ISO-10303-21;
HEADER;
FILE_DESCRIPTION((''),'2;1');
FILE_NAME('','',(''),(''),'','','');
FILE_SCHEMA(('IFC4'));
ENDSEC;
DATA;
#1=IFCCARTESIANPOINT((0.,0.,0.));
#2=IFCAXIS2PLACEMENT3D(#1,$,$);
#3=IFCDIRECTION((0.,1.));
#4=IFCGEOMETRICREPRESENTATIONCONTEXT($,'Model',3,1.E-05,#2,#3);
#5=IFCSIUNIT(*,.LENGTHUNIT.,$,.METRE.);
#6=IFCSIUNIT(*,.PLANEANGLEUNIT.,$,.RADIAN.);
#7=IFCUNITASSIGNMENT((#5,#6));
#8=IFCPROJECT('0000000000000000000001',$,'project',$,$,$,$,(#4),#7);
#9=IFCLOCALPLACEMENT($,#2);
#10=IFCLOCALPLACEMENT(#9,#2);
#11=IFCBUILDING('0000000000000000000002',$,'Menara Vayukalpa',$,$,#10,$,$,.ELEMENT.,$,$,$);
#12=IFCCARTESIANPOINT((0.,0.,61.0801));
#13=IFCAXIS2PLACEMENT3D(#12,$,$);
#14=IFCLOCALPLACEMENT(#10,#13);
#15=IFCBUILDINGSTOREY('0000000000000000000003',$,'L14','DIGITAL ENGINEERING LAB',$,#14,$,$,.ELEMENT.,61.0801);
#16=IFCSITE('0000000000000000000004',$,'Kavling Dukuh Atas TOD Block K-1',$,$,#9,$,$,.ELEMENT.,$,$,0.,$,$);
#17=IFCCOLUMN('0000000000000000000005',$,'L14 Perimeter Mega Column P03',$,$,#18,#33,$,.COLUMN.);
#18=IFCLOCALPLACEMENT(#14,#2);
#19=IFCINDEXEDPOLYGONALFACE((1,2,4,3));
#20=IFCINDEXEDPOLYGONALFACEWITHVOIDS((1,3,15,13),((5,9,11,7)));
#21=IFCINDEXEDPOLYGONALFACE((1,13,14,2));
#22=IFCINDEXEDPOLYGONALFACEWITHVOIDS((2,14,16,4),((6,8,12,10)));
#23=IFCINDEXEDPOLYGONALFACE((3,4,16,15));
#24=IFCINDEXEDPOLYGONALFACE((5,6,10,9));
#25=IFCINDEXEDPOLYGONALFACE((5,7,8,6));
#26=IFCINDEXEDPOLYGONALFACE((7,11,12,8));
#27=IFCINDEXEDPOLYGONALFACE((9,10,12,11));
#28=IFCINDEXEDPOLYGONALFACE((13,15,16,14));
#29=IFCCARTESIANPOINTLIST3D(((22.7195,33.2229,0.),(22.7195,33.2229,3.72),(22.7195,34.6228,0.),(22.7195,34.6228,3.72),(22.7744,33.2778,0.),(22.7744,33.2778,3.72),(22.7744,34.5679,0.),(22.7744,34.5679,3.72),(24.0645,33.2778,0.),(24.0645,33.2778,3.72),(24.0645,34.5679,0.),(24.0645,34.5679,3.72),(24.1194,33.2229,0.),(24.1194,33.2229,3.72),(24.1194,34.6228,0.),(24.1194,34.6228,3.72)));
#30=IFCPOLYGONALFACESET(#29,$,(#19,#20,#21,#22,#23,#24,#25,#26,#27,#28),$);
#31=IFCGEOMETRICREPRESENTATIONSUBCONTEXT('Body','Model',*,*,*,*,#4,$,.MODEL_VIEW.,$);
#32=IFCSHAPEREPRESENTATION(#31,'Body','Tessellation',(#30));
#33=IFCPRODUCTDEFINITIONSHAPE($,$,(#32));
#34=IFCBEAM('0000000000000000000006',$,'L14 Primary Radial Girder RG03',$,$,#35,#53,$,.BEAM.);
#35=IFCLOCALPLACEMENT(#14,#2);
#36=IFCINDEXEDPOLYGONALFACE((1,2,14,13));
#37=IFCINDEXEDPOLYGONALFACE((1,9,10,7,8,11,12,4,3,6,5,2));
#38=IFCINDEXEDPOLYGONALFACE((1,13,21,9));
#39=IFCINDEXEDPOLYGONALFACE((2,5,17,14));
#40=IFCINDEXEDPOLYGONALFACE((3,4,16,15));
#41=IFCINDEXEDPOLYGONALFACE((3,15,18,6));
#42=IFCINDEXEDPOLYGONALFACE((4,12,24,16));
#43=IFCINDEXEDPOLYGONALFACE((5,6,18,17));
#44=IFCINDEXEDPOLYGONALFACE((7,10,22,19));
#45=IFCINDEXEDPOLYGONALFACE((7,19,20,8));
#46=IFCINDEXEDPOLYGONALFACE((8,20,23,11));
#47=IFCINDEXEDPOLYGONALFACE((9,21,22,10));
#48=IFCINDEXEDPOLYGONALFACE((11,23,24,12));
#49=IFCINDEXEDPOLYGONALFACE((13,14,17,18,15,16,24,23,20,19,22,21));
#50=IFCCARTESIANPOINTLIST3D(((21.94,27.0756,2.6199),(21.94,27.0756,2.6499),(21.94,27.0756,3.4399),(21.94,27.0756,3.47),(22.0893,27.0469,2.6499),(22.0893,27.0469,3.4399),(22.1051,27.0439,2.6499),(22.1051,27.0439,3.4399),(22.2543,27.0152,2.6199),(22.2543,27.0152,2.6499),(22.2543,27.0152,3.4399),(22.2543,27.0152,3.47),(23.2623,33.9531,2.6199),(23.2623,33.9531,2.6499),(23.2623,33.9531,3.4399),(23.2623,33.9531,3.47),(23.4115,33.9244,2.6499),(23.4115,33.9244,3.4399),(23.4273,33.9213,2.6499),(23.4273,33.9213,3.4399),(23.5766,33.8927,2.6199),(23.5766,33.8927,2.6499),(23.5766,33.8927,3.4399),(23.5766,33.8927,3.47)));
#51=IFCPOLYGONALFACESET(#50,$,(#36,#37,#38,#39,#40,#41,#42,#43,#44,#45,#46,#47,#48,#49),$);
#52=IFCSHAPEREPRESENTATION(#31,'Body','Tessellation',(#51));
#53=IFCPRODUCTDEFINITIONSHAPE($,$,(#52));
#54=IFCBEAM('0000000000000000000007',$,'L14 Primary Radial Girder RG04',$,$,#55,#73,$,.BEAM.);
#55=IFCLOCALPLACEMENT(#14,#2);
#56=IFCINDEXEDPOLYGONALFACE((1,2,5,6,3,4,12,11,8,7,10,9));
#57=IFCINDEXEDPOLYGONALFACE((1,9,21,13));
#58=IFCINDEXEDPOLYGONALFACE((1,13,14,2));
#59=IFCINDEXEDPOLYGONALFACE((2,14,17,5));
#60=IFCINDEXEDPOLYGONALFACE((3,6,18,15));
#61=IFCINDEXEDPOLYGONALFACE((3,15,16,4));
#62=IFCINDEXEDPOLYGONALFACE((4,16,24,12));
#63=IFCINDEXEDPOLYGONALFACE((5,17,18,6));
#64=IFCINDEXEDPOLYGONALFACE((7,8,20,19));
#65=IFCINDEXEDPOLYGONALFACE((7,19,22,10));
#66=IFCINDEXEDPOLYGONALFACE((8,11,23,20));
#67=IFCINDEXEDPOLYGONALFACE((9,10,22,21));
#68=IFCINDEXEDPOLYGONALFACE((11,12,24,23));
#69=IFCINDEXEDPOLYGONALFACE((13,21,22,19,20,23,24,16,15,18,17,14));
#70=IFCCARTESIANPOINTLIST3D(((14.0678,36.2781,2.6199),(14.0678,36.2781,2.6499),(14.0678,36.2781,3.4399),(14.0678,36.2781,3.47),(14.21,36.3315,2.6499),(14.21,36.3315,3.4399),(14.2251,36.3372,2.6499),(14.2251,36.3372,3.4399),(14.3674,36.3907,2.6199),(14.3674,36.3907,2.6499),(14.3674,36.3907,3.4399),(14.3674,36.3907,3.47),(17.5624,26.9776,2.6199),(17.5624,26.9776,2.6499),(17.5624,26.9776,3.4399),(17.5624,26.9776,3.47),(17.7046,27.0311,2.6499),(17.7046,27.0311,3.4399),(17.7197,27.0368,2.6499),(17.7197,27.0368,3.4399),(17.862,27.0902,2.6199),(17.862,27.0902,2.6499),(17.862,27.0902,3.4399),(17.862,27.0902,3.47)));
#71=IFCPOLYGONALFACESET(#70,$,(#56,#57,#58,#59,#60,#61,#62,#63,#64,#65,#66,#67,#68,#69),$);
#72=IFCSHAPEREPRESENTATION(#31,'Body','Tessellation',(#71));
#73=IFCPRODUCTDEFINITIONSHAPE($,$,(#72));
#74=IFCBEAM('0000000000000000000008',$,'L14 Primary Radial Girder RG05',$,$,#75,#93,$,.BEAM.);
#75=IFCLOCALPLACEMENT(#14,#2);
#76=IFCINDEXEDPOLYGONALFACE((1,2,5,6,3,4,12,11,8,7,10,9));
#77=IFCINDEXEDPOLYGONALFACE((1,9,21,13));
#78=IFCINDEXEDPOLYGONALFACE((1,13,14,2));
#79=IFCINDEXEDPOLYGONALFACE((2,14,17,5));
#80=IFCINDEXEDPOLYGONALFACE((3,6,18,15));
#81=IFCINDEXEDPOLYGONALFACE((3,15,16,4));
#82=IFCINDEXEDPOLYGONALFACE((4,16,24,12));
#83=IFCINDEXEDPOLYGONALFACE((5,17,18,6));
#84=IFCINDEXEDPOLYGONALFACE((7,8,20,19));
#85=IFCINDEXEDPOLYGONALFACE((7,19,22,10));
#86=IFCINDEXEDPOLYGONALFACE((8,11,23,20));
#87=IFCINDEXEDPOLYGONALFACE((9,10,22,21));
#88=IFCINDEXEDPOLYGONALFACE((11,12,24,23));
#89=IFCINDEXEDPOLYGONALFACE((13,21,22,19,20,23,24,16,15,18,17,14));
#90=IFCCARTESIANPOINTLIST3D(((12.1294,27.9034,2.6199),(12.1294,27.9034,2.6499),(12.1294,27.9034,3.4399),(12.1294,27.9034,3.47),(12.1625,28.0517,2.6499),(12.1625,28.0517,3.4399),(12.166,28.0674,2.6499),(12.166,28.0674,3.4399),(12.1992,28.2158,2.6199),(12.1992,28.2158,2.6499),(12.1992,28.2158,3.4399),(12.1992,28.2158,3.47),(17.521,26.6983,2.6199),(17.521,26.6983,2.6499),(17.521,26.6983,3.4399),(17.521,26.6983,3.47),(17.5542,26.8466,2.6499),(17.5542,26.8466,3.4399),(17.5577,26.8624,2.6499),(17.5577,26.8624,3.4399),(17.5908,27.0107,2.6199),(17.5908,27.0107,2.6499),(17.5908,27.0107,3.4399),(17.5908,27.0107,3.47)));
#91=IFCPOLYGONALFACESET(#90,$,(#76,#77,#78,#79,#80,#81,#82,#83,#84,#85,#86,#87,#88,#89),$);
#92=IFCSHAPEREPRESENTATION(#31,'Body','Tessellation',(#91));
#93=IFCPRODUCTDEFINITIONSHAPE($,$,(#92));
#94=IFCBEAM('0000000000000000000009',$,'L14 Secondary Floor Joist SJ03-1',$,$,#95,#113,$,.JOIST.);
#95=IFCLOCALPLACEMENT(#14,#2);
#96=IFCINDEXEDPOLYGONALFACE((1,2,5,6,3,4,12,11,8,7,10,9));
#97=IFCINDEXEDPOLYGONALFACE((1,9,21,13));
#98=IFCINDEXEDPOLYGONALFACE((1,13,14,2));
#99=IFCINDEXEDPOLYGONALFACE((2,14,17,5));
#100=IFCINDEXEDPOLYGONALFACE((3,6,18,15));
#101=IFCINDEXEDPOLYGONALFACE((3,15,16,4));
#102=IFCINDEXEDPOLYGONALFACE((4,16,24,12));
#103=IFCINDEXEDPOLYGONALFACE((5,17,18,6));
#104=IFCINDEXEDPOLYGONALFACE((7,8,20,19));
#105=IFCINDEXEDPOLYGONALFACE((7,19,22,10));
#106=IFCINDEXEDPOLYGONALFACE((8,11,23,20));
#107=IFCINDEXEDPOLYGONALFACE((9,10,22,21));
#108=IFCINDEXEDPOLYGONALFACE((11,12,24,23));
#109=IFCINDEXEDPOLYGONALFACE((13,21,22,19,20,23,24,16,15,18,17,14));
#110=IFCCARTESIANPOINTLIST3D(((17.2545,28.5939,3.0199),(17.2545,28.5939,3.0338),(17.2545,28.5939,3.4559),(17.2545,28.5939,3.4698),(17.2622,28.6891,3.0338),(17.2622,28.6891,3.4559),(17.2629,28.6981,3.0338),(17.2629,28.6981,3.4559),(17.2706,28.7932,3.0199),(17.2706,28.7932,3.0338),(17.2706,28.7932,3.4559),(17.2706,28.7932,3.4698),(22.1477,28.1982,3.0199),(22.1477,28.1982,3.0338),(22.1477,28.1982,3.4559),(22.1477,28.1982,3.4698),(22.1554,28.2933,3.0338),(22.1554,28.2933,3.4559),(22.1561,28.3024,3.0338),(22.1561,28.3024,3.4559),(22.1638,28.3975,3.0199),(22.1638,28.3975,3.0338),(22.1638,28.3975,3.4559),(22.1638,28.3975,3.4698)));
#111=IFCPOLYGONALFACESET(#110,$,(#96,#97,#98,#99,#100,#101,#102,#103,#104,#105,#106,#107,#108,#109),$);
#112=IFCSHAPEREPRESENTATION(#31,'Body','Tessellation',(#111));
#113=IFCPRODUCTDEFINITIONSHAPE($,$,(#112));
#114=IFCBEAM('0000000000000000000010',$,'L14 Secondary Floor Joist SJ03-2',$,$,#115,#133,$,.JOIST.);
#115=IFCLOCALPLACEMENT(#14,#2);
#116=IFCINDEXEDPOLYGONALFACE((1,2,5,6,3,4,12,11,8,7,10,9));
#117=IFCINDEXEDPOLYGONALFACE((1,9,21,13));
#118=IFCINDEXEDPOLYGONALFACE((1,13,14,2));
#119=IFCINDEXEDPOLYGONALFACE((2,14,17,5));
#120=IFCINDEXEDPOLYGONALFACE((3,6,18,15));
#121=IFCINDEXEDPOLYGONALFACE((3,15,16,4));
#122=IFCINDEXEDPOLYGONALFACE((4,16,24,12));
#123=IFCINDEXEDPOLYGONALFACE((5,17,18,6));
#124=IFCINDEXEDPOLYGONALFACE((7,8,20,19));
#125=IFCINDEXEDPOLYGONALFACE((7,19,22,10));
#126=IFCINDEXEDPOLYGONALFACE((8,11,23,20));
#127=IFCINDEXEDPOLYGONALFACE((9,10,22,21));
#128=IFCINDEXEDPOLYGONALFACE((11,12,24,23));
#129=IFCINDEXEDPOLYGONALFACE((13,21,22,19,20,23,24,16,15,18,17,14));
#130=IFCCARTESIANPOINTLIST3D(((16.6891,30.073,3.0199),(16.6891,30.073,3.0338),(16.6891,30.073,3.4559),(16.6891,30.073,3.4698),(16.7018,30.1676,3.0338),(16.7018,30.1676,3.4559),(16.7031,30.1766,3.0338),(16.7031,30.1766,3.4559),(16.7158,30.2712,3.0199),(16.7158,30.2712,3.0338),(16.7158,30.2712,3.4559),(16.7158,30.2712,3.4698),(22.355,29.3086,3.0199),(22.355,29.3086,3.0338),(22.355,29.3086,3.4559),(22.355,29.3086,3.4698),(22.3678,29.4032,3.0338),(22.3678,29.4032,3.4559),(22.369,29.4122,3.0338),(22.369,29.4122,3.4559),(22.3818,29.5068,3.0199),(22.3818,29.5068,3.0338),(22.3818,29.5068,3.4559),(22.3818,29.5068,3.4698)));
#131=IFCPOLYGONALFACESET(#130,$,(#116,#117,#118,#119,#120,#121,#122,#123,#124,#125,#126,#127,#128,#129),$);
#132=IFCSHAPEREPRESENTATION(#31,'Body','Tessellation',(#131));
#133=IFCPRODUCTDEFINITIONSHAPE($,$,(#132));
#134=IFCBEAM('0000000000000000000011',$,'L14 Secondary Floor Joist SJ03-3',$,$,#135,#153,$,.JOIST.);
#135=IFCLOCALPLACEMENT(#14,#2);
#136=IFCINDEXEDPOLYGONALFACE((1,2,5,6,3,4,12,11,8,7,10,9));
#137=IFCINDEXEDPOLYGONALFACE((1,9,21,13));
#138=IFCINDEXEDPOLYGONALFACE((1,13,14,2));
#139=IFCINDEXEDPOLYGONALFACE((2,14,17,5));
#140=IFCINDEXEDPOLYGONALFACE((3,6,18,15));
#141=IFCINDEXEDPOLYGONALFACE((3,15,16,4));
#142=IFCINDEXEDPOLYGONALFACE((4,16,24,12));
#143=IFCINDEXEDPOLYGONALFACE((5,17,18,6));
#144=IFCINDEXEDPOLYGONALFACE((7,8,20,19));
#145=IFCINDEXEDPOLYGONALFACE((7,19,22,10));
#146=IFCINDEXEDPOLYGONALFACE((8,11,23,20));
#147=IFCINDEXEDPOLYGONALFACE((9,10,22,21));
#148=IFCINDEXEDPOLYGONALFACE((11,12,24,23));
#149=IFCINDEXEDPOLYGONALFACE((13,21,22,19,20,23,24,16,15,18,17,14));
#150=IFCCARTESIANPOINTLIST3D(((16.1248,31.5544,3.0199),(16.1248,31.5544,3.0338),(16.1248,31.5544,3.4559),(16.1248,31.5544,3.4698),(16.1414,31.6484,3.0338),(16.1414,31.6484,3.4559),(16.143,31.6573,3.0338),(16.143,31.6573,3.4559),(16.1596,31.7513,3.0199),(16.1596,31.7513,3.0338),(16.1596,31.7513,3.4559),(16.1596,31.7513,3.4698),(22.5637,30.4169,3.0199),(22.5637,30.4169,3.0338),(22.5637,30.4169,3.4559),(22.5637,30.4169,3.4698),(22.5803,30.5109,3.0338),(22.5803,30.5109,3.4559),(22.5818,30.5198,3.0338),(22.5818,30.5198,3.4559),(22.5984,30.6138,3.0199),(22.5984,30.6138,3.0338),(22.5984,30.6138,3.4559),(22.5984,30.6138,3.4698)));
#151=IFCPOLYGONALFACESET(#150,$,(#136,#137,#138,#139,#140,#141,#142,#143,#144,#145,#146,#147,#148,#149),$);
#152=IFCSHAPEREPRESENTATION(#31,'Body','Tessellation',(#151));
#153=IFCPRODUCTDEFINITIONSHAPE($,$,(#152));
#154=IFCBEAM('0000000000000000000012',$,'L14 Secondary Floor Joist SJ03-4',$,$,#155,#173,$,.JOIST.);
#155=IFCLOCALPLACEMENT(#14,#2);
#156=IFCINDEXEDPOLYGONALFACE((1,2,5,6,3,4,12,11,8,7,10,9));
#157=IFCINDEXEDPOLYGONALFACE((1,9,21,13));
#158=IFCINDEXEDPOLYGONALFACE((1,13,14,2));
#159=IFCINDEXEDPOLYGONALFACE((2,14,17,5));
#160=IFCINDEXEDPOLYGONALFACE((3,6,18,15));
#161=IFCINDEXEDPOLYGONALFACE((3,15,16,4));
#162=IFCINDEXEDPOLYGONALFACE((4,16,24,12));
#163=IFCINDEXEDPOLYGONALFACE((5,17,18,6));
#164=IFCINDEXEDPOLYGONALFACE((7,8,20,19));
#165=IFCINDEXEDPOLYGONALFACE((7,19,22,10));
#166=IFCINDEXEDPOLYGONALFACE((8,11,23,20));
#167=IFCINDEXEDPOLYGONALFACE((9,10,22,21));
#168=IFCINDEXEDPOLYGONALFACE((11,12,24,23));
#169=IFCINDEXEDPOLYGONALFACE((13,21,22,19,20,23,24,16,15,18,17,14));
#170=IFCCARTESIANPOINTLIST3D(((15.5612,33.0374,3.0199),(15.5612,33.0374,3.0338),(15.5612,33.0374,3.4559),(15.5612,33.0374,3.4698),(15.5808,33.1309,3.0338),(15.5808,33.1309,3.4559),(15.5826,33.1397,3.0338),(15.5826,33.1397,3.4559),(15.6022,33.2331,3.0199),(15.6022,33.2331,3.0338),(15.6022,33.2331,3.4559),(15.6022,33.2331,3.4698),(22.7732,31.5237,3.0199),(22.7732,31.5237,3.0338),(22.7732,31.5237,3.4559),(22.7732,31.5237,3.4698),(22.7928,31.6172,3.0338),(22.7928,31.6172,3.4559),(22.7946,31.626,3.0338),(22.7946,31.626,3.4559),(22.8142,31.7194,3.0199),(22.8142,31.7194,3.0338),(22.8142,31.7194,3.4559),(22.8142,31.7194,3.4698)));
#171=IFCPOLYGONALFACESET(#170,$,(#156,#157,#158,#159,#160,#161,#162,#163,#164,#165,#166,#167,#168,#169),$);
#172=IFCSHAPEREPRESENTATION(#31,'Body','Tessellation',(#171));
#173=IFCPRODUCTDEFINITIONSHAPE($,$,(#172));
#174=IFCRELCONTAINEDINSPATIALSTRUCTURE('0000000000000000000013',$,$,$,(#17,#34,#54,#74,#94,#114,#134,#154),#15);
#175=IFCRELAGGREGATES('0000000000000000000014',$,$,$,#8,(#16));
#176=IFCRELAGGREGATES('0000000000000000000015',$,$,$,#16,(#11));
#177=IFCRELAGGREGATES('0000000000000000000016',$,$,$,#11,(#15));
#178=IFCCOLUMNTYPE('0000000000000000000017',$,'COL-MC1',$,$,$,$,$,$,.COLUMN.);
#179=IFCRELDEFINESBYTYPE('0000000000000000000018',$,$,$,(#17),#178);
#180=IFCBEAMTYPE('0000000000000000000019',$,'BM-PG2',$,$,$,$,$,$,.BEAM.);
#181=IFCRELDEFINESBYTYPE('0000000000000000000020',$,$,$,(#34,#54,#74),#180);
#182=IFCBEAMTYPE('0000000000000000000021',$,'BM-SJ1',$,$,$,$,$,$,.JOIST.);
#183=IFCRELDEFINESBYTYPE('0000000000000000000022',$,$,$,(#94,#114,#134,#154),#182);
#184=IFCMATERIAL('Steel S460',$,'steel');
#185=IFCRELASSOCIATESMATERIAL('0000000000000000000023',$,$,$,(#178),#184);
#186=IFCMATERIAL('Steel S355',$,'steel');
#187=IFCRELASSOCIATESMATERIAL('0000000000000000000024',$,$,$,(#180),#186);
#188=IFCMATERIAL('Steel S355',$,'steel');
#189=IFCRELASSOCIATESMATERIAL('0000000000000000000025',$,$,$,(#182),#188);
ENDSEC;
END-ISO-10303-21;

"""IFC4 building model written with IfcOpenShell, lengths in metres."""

from ifc_helpers import new_model, si_unit, direction, frame, origin, origin_2d, place, context, subcontext, project, spatial, hollow_rectangle, i_section, extrude, material, material_profile, profile_set, type_object, element, save


model = new_model("IFC4")

# Units and contexts
model_context = context("Model", 3, precision=1e-05, world=origin(), true_north=direction((0.0, 1.0)))
body_context = subcontext(model_context, "Body", "Model", "MODEL_VIEW")
ifc_project = project(units=[si_unit("LENGTHUNIT", "METRE"), si_unit("PLANEANGLEUNIT", "RADIAN")], contexts=[model_context])

# Site, building, storey
site_placement = place(None, origin())
site = spatial("IfcSite", under=ifc_project, at=site_placement, Name="Kavling Dukuh Atas TOD Block K-1", CompositionType="ELEMENT", RefElevation=0.0)
building_placement = place(site_placement, origin())
building = spatial("IfcBuilding", under=site, at=building_placement, Name="Menara Vayukalpa", CompositionType="ELEMENT")
storey_placement = place(building_placement, frame((0.0, 0.0, 61.0801)))
storey = spatial("IfcBuildingStorey", under=building, at=storey_placement, Name="L14", Description="DIGITAL ENGINEERING LAB", CompositionType="ELEMENT", Elevation=61.0801)

# Column
ifc_material_1 = material(Name="Steel S460", Category="steel")
ifc_material_profile_1 = material_profile(ifc_material_1, hollow_rectangle(XDim=1.3999, YDim=1.3999, WallThickness=0.0549, at=origin_2d()), Name="BOX 1400x1400x55")
ifc_profile_set_1 = profile_set([ifc_material_profile_1], Name="Steel S460")
column_type = type_object("IfcColumnType", Name="COL-MC1", PredefinedType="COLUMN", material=ifc_profile_set_1)
column_placement = place(storey_placement, frame((23.4194, 33.9229, 0.0), z_axis=(0.0, 0.0, 1.0), x_axis=(1.0, 0.0, 0.0)))
element("IfcColumn", 1, at=column_placement, inside=storey, type_object=column_type, Name="L14 Perimeter Mega Column P03", PredefinedType="COLUMN", context=body_context, shape_type="SweptSolid", body=[
    extrude(hollow_rectangle(XDim=1.3999, YDim=1.3999, WallThickness=0.0549, at=origin_2d()), origin(), (0.0, 0.0, 1.0), 3.72),
])

# Beams
ifc_material_2 = material(Name="Steel S355", Category="steel")
ifc_material_profile_2 = material_profile(ifc_material_2, i_section(OverallWidth=0.3201, OverallDepth=0.8501, WebThickness=0.0161, FlangeThickness=0.03, at=origin_2d()), Name="WF 850x320x16x30")
ifc_profile_set_2 = profile_set([ifc_material_profile_2], Name="Steel S355")
beam_type_1 = type_object("IfcBeamType", Name="BM-PG2", PredefinedType="BEAM", material=ifc_profile_set_2)
beam_1_placement = place(storey_placement, frame((22.0972, 27.0454, 3.0449), z_axis=(0.188803, 0.982015, 0.0), x_axis=(-0.982015, 0.188803, 0.0)))
element("IfcBeam", 2, at=beam_1_placement, inside=storey, type_object=beam_type_1, Name="L14 Primary Radial Girder RG03", PredefinedType="BEAM", context=body_context, shape_type="SweptSolid", body=[
    extrude(i_section(OverallWidth=0.3201, OverallDepth=0.8501, WebThickness=0.0161, FlangeThickness=0.03, at=origin_2d()), origin(), (0.0, 0.0, 1.0), 7.0034),
])
beam_2_placement = place(storey_placement, frame((17.7122, 27.0339, 3.0449), z_axis=(-0.351735, 0.9361, 0.0), x_axis=(-0.9361, -0.351735, 0.0)))
element("IfcBeam", 3, at=beam_2_placement, inside=storey, type_object=beam_type_1, Name="L14 Primary Radial Girder RG04", PredefinedType="BEAM", context=body_context, shape_type="SweptSolid", body=[
    extrude(i_section(OverallWidth=0.3201, OverallDepth=0.8501, WebThickness=0.0161, FlangeThickness=0.03, at=origin_2d()), origin(), (0.0, 0.0, 1.0), 9.9353),
])
beam_3_placement = place(storey_placement, frame((17.5559, 26.8545, 3.0449), z_axis=(-0.97592, 0.218128, 0.0), x_axis=(-0.218128, -0.97592, 0.0)))
element("IfcBeam", 4, at=beam_3_placement, inside=storey, type_object=beam_type_1, Name="L14 Primary Radial Girder RG05", PredefinedType="BEAM", context=body_context, shape_type="SweptSolid", body=[
    extrude(i_section(OverallWidth=0.3201, OverallDepth=0.8501, WebThickness=0.0161, FlangeThickness=0.03, at=origin_2d()), origin(), (0.0, 0.0, 1.0), 5.5247),
])
ifc_material_3 = material(Name="Steel S355", Category="steel")
ifc_material_profile_3 = material_profile(ifc_material_3, i_section(OverallWidth=0.2, OverallDepth=0.45, WebThickness=0.009, FlangeThickness=0.0139, at=origin_2d()), Name="WF 450x200x9x14")
ifc_profile_set_3 = profile_set([ifc_material_profile_3], Name="Steel S355")
beam_type_2 = type_object("IfcBeamType", Name="BM-SJ1", PredefinedType="JOIST", material=ifc_profile_set_3)
beam_4_placement = place(storey_placement, frame((22.1558, 28.2979, 3.2449), z_axis=(-0.996745, 0.080613, 0.0), x_axis=(-0.080613, -0.996745, 0.0)))
element("IfcBeam", 5, at=beam_4_placement, inside=storey, type_object=beam_type_2, Name="L14 Secondary Floor Joist SJ03-1", PredefinedType="JOIST", context=body_context, shape_type="SweptSolid", body=[
    extrude(i_section(OverallWidth=0.2, OverallDepth=0.45, WebThickness=0.009, FlangeThickness=0.0139, at=origin_2d()), origin(), (0.0, 0.0, 1.0), 4.9092),
])
beam_5_placement = place(storey_placement, frame((22.3684, 29.4077, 3.2449), z_axis=(-0.991022, 0.133699, 0.0), x_axis=(-0.133699, -0.991022, 0.0)))
element("IfcBeam", 6, at=beam_5_placement, inside=storey, type_object=beam_type_2, Name="L14 Secondary Floor Joist SJ03-2", PredefinedType="JOIST", context=body_context, shape_type="SweptSolid", body=[
    extrude(i_section(OverallWidth=0.2, OverallDepth=0.45, WebThickness=0.009, FlangeThickness=0.0139, at=origin_2d()), origin(), (0.0, 0.0, 1.0), 5.7173),
])
beam_6_placement = place(storey_placement, frame((22.5811, 30.5154, 3.2449), z_axis=(-0.984753, 0.173958, 0.0), x_axis=(-0.173958, -0.984753, 0.0)))
element("IfcBeam", 7, at=beam_6_placement, inside=storey, type_object=beam_type_2, Name="L14 Secondary Floor Joist SJ03-3", PredefinedType="JOIST", context=body_context, shape_type="SweptSolid", body=[
    extrude(i_section(OverallWidth=0.2, OverallDepth=0.45, WebThickness=0.009, FlangeThickness=0.0139, at=origin_2d()), origin(), (0.0, 0.0, 1.0), 6.5386),
])
beam_7_placement = place(storey_placement, frame((22.7937, 31.6216, 3.2449), z_axis=(-0.978676, 0.205409, 0.0), x_axis=(-0.205409, -0.978676, 0.0)))
element("IfcBeam", 8, at=beam_7_placement, inside=storey, type_object=beam_type_2, Name="L14 Secondary Floor Joist SJ03-4", PredefinedType="JOIST", context=body_context, shape_type="SweptSolid", body=[
    extrude(i_section(OverallWidth=0.2, OverallDepth=0.45, WebThickness=0.009, FlangeThickness=0.0139, at=origin_2d()), origin(), (0.0, 0.0, 1.0), 7.3691),
])

save(model, "model.ifc")
